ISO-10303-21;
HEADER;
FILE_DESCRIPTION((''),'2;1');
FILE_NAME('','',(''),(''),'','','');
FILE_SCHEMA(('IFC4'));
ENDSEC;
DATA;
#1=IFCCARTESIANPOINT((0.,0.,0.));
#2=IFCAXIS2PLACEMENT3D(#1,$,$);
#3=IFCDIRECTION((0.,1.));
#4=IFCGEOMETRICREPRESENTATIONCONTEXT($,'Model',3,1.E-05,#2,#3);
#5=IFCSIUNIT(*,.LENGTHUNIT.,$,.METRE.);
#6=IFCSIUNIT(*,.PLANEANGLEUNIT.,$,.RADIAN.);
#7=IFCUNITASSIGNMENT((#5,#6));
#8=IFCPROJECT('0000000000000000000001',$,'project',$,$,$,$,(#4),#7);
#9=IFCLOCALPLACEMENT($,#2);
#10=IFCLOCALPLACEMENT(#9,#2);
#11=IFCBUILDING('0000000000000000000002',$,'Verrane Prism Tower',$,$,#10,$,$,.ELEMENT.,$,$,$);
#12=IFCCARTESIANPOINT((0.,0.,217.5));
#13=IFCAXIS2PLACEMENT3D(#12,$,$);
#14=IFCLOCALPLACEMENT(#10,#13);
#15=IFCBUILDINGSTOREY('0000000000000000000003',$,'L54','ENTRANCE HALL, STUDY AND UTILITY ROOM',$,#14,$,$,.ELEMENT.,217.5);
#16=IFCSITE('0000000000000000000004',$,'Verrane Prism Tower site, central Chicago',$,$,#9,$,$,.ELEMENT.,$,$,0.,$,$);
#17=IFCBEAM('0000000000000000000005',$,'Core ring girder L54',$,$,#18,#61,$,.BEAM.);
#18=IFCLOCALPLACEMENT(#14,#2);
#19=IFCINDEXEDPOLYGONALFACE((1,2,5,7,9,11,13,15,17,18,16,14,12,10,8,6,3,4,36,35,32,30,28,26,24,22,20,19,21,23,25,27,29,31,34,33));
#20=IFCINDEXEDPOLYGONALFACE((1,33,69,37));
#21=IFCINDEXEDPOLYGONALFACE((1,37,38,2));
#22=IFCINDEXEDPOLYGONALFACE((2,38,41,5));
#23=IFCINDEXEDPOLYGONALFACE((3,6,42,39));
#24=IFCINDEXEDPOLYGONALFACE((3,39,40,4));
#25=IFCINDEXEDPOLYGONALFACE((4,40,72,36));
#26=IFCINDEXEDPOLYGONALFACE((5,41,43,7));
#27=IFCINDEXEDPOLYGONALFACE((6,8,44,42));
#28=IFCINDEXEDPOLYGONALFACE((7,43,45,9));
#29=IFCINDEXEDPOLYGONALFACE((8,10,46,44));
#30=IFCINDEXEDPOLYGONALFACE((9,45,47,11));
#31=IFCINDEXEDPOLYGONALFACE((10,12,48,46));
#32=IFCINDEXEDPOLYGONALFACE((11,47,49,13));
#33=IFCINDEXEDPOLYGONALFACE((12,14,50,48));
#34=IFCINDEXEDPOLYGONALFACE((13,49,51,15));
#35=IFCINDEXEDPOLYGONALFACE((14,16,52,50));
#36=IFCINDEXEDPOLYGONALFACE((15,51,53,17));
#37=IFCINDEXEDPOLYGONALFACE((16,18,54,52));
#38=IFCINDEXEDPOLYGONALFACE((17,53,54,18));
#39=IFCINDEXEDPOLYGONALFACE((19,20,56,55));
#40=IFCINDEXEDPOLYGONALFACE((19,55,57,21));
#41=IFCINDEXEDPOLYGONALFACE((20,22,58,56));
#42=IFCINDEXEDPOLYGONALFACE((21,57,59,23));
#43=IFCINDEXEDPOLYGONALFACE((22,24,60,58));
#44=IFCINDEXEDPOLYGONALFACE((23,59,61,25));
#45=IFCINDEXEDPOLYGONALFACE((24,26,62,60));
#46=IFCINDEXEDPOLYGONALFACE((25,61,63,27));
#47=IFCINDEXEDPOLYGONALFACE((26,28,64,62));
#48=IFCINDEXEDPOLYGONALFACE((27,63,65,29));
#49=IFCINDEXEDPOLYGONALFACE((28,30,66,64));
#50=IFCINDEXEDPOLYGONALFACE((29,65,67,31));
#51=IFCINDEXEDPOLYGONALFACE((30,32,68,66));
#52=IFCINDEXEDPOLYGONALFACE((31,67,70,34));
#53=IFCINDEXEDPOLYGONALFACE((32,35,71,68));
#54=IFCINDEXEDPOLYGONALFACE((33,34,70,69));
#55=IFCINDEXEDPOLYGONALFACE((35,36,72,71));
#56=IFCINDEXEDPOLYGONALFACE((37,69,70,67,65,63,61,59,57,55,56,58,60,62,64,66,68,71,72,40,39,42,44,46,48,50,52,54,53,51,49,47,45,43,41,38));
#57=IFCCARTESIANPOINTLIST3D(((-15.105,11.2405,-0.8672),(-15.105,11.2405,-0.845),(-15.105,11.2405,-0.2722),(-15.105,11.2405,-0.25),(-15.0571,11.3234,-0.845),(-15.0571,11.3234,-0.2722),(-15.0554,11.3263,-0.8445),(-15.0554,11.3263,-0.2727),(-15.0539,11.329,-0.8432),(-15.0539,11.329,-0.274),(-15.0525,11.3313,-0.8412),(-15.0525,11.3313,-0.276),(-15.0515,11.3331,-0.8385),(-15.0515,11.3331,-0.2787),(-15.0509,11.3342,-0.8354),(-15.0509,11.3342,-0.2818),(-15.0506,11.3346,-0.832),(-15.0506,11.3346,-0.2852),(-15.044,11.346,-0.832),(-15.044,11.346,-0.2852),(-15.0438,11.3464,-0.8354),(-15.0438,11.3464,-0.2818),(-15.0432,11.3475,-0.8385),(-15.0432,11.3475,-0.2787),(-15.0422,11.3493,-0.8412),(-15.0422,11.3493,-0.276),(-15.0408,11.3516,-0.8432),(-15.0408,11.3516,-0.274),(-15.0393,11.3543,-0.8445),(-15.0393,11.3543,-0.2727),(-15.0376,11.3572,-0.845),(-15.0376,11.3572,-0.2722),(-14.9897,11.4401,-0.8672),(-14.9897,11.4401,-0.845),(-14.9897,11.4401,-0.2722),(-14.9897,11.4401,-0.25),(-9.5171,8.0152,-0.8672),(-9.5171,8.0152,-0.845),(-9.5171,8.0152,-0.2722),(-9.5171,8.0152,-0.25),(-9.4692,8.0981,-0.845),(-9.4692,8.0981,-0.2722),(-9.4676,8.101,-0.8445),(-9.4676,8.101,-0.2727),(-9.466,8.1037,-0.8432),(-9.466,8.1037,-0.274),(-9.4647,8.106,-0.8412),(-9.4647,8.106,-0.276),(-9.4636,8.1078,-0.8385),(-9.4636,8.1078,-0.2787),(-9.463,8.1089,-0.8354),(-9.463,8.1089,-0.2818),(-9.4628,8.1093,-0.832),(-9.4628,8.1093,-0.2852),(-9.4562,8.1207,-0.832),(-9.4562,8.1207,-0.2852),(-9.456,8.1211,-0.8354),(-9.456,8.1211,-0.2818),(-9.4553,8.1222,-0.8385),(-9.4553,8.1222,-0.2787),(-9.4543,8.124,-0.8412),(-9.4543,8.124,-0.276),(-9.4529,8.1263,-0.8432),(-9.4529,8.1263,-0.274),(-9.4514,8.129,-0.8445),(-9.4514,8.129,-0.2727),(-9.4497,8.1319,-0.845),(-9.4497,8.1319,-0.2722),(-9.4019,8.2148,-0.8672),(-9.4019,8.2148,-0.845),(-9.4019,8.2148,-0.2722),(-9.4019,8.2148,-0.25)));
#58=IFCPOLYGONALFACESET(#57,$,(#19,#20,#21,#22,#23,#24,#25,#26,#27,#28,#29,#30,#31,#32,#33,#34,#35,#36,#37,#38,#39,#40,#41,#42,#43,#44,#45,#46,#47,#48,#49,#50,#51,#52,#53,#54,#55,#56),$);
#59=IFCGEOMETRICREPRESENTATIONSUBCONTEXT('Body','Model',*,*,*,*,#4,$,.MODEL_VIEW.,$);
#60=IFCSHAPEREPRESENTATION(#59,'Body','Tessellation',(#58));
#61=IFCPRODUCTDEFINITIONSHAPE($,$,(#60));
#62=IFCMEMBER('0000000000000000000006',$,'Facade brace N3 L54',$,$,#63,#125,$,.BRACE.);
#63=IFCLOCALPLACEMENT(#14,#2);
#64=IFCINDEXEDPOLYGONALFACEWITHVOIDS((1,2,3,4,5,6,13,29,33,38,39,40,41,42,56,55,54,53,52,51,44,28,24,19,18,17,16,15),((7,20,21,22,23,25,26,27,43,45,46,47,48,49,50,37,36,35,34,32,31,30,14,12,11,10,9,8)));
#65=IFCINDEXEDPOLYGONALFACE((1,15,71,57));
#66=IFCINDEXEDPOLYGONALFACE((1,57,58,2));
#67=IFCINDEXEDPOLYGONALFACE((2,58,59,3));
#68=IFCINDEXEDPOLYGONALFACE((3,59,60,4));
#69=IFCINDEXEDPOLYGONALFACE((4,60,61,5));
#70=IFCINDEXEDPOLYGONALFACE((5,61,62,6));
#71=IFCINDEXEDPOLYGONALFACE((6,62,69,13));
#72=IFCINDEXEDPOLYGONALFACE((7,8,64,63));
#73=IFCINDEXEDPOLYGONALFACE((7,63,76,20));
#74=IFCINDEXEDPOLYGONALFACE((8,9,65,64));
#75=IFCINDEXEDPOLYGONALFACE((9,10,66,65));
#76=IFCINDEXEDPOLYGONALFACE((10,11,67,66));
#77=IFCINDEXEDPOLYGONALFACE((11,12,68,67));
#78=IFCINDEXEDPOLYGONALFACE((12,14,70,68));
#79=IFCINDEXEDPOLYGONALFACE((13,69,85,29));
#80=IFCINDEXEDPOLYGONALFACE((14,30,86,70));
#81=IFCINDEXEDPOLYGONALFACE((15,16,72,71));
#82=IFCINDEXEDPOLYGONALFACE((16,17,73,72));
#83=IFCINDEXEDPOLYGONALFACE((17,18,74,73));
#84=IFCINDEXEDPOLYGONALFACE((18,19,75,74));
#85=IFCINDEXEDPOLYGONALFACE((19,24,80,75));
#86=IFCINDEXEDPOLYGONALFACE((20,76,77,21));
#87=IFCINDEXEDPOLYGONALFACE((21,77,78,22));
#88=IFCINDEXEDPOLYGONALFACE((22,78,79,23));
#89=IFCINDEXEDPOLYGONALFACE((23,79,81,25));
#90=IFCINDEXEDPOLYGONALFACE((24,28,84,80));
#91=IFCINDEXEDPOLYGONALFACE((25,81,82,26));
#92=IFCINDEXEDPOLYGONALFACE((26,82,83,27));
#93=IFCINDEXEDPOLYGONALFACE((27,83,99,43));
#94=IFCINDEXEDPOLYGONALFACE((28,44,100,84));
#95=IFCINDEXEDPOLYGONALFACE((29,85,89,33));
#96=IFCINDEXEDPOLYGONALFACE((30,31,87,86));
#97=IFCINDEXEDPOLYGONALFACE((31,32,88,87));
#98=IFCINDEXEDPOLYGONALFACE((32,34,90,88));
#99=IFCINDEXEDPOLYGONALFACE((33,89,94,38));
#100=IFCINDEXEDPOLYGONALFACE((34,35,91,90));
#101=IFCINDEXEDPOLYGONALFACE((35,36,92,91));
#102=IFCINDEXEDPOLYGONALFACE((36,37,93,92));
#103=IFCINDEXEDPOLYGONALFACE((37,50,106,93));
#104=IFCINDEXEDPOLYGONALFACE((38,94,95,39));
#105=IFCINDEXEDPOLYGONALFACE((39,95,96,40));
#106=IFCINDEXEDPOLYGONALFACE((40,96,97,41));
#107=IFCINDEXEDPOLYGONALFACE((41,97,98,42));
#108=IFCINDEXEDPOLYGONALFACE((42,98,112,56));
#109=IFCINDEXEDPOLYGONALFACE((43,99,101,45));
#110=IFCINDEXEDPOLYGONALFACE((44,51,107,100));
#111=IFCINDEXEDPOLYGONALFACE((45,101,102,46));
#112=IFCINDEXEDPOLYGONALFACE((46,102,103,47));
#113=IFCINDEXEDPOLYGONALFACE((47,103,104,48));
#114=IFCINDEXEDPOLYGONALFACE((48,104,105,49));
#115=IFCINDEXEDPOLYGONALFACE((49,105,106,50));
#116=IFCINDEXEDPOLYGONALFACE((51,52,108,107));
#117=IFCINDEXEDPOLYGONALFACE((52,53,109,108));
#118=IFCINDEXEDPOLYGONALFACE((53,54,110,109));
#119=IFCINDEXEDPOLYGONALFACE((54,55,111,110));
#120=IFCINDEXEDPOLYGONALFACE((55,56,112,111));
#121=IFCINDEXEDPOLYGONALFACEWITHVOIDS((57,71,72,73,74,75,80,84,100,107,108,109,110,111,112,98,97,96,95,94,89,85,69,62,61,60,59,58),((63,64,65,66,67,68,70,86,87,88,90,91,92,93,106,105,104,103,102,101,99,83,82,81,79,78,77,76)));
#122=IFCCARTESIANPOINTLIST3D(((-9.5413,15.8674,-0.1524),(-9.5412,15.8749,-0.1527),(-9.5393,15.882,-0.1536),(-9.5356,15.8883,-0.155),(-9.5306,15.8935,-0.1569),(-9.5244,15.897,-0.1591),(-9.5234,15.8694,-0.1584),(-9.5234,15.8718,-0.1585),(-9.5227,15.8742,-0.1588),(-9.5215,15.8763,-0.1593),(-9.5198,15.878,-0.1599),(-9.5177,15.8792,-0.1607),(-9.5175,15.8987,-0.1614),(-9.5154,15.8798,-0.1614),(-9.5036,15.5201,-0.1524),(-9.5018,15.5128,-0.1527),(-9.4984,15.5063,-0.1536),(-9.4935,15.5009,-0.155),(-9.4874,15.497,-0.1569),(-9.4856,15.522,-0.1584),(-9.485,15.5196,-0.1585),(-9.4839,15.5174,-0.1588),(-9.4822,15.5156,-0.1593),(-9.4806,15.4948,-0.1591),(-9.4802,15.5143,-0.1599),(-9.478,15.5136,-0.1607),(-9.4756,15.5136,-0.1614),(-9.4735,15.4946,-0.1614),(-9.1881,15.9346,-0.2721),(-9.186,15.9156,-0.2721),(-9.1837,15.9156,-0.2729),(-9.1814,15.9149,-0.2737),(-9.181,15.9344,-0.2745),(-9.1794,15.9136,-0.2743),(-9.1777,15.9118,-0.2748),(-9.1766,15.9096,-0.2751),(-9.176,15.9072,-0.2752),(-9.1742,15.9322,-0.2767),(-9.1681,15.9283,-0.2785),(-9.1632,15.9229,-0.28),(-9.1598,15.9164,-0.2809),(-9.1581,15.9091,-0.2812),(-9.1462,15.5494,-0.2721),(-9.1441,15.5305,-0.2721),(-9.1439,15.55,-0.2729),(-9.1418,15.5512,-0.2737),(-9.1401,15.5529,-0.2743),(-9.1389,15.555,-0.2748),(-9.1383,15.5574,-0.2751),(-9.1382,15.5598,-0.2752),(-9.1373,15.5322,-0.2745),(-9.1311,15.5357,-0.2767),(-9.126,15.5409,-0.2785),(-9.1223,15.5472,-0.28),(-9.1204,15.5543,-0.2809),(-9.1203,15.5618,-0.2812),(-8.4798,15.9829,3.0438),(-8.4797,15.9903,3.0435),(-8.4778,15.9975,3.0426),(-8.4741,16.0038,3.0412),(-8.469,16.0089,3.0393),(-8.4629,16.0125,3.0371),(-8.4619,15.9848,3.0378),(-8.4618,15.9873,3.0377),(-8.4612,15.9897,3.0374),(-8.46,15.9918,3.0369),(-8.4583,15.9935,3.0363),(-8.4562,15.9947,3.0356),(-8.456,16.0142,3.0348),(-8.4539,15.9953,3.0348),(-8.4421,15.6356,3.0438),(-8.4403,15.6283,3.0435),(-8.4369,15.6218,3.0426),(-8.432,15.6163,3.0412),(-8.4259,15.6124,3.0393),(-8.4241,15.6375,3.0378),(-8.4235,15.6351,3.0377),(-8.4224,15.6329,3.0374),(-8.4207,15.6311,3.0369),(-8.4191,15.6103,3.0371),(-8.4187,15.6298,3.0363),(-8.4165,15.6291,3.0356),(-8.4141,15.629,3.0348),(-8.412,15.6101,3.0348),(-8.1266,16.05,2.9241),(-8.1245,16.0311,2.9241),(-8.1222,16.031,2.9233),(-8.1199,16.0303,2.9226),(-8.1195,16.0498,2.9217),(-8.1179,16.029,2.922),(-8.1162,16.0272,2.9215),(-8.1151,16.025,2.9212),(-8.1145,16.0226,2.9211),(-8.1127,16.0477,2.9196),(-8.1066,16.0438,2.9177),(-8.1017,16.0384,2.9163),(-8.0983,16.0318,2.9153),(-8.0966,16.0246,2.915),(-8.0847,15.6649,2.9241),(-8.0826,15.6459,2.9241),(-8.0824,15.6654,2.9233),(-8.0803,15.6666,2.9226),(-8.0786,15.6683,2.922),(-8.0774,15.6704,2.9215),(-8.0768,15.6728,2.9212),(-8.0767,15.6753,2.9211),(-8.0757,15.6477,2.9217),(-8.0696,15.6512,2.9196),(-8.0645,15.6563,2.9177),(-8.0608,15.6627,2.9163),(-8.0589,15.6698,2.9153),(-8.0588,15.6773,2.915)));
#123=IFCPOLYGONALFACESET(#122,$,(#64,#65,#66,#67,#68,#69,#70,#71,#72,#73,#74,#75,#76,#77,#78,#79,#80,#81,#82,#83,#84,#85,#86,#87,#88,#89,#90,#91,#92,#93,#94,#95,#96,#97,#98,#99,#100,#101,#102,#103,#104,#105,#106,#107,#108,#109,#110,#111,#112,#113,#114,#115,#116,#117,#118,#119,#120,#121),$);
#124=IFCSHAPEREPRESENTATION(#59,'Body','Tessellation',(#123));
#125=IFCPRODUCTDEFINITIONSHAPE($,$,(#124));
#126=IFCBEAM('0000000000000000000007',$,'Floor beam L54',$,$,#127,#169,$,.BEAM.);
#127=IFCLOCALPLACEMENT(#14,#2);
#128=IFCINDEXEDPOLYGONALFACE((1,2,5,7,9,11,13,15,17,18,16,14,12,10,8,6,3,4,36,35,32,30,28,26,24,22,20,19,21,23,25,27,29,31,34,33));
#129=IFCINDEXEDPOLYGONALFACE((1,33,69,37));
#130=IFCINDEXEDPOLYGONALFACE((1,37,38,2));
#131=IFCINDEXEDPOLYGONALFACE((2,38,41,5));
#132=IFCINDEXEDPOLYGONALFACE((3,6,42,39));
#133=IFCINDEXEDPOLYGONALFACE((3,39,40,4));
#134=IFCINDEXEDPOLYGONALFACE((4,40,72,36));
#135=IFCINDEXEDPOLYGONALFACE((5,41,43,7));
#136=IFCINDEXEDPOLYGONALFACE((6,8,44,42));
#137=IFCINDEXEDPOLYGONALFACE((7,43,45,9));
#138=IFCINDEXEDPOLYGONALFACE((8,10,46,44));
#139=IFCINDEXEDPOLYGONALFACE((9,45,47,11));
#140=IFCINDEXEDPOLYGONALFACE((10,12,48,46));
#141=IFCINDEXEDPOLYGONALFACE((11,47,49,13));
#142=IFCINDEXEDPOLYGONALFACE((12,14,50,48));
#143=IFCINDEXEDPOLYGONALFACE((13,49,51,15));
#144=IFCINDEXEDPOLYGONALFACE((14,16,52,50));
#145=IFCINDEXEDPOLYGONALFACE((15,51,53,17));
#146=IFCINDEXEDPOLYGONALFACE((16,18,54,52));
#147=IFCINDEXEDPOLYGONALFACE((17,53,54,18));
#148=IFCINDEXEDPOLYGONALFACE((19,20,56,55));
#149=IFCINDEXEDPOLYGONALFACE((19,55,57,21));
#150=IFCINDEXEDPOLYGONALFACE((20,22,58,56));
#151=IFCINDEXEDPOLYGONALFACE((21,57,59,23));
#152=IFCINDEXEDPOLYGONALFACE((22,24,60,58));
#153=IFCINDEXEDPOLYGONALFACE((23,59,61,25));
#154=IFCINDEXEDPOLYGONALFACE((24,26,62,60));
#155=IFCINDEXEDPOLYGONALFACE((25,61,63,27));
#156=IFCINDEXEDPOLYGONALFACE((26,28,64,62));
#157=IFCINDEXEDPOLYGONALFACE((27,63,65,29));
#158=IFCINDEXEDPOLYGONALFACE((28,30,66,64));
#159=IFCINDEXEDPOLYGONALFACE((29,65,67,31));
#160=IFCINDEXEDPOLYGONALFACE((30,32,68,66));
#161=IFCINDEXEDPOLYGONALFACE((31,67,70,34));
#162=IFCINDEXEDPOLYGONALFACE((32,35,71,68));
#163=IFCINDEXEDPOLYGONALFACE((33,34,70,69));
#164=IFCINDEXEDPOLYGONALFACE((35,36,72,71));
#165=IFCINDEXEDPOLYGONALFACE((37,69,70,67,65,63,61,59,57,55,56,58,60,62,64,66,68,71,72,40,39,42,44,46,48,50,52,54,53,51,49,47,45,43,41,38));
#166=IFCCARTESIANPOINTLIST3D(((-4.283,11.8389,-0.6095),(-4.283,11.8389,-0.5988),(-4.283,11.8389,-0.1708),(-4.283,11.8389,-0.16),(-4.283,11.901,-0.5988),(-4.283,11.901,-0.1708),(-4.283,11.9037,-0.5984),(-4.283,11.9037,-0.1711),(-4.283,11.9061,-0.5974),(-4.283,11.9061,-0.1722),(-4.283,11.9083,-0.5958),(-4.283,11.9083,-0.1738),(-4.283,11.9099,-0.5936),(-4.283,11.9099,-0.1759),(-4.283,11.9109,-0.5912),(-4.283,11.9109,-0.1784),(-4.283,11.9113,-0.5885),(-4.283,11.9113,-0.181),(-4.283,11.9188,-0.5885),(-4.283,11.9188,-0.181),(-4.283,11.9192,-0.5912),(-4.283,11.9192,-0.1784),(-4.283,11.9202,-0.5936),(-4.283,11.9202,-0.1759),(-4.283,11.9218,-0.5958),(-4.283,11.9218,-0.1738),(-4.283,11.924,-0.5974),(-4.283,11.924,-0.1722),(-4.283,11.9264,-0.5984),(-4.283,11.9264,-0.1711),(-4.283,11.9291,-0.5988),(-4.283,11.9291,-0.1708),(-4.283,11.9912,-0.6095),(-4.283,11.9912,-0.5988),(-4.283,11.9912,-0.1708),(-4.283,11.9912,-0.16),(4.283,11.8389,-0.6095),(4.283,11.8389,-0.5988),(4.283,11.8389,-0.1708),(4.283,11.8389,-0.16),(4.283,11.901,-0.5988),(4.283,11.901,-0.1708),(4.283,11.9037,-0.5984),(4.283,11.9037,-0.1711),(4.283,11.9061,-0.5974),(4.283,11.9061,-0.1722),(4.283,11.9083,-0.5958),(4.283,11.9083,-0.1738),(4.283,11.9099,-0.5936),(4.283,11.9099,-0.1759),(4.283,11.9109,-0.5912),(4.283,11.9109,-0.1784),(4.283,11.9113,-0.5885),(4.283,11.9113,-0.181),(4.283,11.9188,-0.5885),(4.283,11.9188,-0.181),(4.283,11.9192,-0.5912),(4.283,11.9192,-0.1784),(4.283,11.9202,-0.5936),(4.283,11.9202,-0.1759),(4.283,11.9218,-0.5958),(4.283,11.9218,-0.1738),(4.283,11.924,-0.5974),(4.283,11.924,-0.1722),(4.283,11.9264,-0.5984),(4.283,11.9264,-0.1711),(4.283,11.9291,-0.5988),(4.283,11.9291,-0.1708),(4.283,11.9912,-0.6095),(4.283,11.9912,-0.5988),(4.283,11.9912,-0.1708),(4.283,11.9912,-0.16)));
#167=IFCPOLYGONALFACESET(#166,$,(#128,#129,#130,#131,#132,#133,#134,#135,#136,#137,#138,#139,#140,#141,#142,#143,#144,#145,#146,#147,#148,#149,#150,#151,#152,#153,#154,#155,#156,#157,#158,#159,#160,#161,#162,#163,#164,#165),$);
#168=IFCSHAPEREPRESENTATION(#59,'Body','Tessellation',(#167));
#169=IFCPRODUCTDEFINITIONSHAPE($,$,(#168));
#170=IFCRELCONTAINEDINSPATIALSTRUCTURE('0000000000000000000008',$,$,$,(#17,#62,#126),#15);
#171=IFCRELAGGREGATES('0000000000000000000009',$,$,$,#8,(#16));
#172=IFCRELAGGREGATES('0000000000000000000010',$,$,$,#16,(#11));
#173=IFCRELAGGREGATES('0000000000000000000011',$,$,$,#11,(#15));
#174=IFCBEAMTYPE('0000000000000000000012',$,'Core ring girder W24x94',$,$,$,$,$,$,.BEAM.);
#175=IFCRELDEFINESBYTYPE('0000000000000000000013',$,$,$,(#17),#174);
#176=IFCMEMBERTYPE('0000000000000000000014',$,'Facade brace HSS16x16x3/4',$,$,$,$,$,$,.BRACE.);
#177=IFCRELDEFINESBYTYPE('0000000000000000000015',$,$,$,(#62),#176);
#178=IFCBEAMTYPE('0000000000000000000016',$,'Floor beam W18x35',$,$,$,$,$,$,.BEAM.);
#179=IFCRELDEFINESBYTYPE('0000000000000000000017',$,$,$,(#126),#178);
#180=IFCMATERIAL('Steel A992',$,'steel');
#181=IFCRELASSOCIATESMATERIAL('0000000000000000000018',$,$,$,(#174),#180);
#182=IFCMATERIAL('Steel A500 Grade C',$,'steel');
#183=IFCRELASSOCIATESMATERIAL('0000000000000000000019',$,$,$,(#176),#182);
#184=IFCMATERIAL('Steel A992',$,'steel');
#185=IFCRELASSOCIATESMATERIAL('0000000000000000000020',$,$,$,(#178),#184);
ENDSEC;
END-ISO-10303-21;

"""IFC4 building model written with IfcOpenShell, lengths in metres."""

from ifc_helpers import new_model, si_unit, direction, frame, origin, origin_2d, place, context, subcontext, project, spatial, hollow_rectangle, i_section, extrude, material, material_profile, profile_set, type_object, element, save


model = new_model("IFC4")

# Units and contexts
model_context = context("Model", 3, precision=1e-05, world=origin(), true_north=direction((0.0, 1.0)))
body_context = subcontext(model_context, "Body", "Model", "MODEL_VIEW")
ifc_project = project(units=[si_unit("LENGTHUNIT", "METRE"), si_unit("PLANEANGLEUNIT", "RADIAN")], contexts=[model_context])

# Site, building, storey
site_placement = place(None, origin())
site = spatial("IfcSite", under=ifc_project, at=site_placement, Name="Verrane Prism Tower site, central Chicago", CompositionType="ELEMENT", RefElevation=0.0)
building_placement = place(site_placement, origin())
building = spatial("IfcBuilding", under=site, at=building_placement, Name="Verrane Prism Tower", CompositionType="ELEMENT")
storey_placement = place(building_placement, frame((0.0, 0.0, 217.5)))
storey = spatial("IfcBuildingStorey", under=building, at=storey_placement, Name="L54", Description="ENTRANCE HALL, STUDY AND UTILITY ROOM", CompositionType="ELEMENT", Elevation=217.5)

# Beam
ifc_material_1 = material(Name="Steel A992", Category="steel")
ifc_material_profile_1 = material_profile(ifc_material_1, i_section(OverallWidth=0.2305, OverallDepth=0.6172, WebThickness=0.0132, FlangeThickness=0.0222, FilletRadius=0.0129, at=origin_2d()), Name="W24x94")
ifc_profile_set_1 = profile_set([ifc_material_profile_1], Name="Steel A992")
beam_type_1 = type_object("IfcBeamType", Name="Core ring girder W24x94", PredefinedType="BEAM", material=ifc_profile_set_1)
beam_1_placement = place(storey_placement, frame((-9.4595, 8.115, -0.5586), z_axis=(-0.866081, 0.499904, 0.0), x_axis=(-0.499904, -0.866081, 0.0)))
element("IfcBeam", 1, at=beam_1_placement, inside=storey, type_object=beam_type_1, Name="Core ring girder L54", PredefinedType="BEAM", context=body_context, shape_type="SweptSolid", body=[
    extrude(i_section(OverallWidth=0.2305, OverallDepth=0.6172, WebThickness=0.0132, FlangeThickness=0.0222, FilletRadius=0.0129, at=origin_2d()), origin(), (0.0, 0.0, 1.0), 6.4519),
])

# Member
ifc_material_2 = material(Name="Steel A500 Grade C", Category="steel")
ifc_material_profile_2 = material_profile(ifc_material_2, hollow_rectangle(XDim=0.4065, YDim=0.4065, WallThickness=0.019, InnerFilletRadius=0.0095, OuterFilletRadius=0.0286, at=origin_2d()), Name="HSS16x16x3/4")
ifc_profile_set_2 = profile_set([ifc_material_profile_2], Name="Steel A500 Grade C")
member_type_1 = type_object("IfcMemberType", Name="Facade brace HSS16x16x3/4", PredefinedType="BRACE", material=ifc_profile_set_2)
member_1_placement = place(storey_placement, frame((-9.3308, 15.7146, -0.2168), z_axis=(0.314999, 0.034267, 0.948473), x_axis=(-0.108148, 0.994135, 0.0)))
element("IfcMember", 2, at=member_1_placement, inside=storey, type_object=member_type_1, Name="Facade brace N3 L54", PredefinedType="BRACE", context=body_context, shape_type="SweptSolid", body=[
    extrude(hollow_rectangle(XDim=0.4065, YDim=0.4065, WallThickness=0.019, InnerFilletRadius=0.0095, OuterFilletRadius=0.0286, at=origin_2d()), origin(), (0.0, 0.0, 1.0), 3.3699),
])

# Beam
ifc_material_3 = material(Name="Steel A992", Category="steel")
ifc_material_profile_3 = material_profile(ifc_material_3, i_section(OverallWidth=0.1523, OverallDepth=0.4495, WebThickness=0.0076, FlangeThickness=0.0107, FilletRadius=0.0103, at=origin_2d()), Name="W18x35")
ifc_profile_set_3 = profile_set([ifc_material_profile_3], Name="Steel A992")
beam_type_2 = type_object("IfcBeamType", Name="Floor beam W18x35", PredefinedType="BEAM", material=ifc_profile_set_3)
beam_2_placement = place(storey_placement, frame((-4.283, 11.915, -0.3848), z_axis=(1.0, 0.0, 0.0), x_axis=(0.0, 1.0, 0.0)))
element("IfcBeam", 3, at=beam_2_placement, inside=storey, type_object=beam_type_2, Name="Floor beam L54", PredefinedType="BEAM", context=body_context, shape_type="SweptSolid", body=[
    extrude(i_section(OverallWidth=0.1523, OverallDepth=0.4495, WebThickness=0.0076, FlangeThickness=0.0107, FilletRadius=0.0103, at=origin_2d()), origin(), (0.0, 0.0, 1.0), 8.5659),
])

save(model, "model.ifc")
